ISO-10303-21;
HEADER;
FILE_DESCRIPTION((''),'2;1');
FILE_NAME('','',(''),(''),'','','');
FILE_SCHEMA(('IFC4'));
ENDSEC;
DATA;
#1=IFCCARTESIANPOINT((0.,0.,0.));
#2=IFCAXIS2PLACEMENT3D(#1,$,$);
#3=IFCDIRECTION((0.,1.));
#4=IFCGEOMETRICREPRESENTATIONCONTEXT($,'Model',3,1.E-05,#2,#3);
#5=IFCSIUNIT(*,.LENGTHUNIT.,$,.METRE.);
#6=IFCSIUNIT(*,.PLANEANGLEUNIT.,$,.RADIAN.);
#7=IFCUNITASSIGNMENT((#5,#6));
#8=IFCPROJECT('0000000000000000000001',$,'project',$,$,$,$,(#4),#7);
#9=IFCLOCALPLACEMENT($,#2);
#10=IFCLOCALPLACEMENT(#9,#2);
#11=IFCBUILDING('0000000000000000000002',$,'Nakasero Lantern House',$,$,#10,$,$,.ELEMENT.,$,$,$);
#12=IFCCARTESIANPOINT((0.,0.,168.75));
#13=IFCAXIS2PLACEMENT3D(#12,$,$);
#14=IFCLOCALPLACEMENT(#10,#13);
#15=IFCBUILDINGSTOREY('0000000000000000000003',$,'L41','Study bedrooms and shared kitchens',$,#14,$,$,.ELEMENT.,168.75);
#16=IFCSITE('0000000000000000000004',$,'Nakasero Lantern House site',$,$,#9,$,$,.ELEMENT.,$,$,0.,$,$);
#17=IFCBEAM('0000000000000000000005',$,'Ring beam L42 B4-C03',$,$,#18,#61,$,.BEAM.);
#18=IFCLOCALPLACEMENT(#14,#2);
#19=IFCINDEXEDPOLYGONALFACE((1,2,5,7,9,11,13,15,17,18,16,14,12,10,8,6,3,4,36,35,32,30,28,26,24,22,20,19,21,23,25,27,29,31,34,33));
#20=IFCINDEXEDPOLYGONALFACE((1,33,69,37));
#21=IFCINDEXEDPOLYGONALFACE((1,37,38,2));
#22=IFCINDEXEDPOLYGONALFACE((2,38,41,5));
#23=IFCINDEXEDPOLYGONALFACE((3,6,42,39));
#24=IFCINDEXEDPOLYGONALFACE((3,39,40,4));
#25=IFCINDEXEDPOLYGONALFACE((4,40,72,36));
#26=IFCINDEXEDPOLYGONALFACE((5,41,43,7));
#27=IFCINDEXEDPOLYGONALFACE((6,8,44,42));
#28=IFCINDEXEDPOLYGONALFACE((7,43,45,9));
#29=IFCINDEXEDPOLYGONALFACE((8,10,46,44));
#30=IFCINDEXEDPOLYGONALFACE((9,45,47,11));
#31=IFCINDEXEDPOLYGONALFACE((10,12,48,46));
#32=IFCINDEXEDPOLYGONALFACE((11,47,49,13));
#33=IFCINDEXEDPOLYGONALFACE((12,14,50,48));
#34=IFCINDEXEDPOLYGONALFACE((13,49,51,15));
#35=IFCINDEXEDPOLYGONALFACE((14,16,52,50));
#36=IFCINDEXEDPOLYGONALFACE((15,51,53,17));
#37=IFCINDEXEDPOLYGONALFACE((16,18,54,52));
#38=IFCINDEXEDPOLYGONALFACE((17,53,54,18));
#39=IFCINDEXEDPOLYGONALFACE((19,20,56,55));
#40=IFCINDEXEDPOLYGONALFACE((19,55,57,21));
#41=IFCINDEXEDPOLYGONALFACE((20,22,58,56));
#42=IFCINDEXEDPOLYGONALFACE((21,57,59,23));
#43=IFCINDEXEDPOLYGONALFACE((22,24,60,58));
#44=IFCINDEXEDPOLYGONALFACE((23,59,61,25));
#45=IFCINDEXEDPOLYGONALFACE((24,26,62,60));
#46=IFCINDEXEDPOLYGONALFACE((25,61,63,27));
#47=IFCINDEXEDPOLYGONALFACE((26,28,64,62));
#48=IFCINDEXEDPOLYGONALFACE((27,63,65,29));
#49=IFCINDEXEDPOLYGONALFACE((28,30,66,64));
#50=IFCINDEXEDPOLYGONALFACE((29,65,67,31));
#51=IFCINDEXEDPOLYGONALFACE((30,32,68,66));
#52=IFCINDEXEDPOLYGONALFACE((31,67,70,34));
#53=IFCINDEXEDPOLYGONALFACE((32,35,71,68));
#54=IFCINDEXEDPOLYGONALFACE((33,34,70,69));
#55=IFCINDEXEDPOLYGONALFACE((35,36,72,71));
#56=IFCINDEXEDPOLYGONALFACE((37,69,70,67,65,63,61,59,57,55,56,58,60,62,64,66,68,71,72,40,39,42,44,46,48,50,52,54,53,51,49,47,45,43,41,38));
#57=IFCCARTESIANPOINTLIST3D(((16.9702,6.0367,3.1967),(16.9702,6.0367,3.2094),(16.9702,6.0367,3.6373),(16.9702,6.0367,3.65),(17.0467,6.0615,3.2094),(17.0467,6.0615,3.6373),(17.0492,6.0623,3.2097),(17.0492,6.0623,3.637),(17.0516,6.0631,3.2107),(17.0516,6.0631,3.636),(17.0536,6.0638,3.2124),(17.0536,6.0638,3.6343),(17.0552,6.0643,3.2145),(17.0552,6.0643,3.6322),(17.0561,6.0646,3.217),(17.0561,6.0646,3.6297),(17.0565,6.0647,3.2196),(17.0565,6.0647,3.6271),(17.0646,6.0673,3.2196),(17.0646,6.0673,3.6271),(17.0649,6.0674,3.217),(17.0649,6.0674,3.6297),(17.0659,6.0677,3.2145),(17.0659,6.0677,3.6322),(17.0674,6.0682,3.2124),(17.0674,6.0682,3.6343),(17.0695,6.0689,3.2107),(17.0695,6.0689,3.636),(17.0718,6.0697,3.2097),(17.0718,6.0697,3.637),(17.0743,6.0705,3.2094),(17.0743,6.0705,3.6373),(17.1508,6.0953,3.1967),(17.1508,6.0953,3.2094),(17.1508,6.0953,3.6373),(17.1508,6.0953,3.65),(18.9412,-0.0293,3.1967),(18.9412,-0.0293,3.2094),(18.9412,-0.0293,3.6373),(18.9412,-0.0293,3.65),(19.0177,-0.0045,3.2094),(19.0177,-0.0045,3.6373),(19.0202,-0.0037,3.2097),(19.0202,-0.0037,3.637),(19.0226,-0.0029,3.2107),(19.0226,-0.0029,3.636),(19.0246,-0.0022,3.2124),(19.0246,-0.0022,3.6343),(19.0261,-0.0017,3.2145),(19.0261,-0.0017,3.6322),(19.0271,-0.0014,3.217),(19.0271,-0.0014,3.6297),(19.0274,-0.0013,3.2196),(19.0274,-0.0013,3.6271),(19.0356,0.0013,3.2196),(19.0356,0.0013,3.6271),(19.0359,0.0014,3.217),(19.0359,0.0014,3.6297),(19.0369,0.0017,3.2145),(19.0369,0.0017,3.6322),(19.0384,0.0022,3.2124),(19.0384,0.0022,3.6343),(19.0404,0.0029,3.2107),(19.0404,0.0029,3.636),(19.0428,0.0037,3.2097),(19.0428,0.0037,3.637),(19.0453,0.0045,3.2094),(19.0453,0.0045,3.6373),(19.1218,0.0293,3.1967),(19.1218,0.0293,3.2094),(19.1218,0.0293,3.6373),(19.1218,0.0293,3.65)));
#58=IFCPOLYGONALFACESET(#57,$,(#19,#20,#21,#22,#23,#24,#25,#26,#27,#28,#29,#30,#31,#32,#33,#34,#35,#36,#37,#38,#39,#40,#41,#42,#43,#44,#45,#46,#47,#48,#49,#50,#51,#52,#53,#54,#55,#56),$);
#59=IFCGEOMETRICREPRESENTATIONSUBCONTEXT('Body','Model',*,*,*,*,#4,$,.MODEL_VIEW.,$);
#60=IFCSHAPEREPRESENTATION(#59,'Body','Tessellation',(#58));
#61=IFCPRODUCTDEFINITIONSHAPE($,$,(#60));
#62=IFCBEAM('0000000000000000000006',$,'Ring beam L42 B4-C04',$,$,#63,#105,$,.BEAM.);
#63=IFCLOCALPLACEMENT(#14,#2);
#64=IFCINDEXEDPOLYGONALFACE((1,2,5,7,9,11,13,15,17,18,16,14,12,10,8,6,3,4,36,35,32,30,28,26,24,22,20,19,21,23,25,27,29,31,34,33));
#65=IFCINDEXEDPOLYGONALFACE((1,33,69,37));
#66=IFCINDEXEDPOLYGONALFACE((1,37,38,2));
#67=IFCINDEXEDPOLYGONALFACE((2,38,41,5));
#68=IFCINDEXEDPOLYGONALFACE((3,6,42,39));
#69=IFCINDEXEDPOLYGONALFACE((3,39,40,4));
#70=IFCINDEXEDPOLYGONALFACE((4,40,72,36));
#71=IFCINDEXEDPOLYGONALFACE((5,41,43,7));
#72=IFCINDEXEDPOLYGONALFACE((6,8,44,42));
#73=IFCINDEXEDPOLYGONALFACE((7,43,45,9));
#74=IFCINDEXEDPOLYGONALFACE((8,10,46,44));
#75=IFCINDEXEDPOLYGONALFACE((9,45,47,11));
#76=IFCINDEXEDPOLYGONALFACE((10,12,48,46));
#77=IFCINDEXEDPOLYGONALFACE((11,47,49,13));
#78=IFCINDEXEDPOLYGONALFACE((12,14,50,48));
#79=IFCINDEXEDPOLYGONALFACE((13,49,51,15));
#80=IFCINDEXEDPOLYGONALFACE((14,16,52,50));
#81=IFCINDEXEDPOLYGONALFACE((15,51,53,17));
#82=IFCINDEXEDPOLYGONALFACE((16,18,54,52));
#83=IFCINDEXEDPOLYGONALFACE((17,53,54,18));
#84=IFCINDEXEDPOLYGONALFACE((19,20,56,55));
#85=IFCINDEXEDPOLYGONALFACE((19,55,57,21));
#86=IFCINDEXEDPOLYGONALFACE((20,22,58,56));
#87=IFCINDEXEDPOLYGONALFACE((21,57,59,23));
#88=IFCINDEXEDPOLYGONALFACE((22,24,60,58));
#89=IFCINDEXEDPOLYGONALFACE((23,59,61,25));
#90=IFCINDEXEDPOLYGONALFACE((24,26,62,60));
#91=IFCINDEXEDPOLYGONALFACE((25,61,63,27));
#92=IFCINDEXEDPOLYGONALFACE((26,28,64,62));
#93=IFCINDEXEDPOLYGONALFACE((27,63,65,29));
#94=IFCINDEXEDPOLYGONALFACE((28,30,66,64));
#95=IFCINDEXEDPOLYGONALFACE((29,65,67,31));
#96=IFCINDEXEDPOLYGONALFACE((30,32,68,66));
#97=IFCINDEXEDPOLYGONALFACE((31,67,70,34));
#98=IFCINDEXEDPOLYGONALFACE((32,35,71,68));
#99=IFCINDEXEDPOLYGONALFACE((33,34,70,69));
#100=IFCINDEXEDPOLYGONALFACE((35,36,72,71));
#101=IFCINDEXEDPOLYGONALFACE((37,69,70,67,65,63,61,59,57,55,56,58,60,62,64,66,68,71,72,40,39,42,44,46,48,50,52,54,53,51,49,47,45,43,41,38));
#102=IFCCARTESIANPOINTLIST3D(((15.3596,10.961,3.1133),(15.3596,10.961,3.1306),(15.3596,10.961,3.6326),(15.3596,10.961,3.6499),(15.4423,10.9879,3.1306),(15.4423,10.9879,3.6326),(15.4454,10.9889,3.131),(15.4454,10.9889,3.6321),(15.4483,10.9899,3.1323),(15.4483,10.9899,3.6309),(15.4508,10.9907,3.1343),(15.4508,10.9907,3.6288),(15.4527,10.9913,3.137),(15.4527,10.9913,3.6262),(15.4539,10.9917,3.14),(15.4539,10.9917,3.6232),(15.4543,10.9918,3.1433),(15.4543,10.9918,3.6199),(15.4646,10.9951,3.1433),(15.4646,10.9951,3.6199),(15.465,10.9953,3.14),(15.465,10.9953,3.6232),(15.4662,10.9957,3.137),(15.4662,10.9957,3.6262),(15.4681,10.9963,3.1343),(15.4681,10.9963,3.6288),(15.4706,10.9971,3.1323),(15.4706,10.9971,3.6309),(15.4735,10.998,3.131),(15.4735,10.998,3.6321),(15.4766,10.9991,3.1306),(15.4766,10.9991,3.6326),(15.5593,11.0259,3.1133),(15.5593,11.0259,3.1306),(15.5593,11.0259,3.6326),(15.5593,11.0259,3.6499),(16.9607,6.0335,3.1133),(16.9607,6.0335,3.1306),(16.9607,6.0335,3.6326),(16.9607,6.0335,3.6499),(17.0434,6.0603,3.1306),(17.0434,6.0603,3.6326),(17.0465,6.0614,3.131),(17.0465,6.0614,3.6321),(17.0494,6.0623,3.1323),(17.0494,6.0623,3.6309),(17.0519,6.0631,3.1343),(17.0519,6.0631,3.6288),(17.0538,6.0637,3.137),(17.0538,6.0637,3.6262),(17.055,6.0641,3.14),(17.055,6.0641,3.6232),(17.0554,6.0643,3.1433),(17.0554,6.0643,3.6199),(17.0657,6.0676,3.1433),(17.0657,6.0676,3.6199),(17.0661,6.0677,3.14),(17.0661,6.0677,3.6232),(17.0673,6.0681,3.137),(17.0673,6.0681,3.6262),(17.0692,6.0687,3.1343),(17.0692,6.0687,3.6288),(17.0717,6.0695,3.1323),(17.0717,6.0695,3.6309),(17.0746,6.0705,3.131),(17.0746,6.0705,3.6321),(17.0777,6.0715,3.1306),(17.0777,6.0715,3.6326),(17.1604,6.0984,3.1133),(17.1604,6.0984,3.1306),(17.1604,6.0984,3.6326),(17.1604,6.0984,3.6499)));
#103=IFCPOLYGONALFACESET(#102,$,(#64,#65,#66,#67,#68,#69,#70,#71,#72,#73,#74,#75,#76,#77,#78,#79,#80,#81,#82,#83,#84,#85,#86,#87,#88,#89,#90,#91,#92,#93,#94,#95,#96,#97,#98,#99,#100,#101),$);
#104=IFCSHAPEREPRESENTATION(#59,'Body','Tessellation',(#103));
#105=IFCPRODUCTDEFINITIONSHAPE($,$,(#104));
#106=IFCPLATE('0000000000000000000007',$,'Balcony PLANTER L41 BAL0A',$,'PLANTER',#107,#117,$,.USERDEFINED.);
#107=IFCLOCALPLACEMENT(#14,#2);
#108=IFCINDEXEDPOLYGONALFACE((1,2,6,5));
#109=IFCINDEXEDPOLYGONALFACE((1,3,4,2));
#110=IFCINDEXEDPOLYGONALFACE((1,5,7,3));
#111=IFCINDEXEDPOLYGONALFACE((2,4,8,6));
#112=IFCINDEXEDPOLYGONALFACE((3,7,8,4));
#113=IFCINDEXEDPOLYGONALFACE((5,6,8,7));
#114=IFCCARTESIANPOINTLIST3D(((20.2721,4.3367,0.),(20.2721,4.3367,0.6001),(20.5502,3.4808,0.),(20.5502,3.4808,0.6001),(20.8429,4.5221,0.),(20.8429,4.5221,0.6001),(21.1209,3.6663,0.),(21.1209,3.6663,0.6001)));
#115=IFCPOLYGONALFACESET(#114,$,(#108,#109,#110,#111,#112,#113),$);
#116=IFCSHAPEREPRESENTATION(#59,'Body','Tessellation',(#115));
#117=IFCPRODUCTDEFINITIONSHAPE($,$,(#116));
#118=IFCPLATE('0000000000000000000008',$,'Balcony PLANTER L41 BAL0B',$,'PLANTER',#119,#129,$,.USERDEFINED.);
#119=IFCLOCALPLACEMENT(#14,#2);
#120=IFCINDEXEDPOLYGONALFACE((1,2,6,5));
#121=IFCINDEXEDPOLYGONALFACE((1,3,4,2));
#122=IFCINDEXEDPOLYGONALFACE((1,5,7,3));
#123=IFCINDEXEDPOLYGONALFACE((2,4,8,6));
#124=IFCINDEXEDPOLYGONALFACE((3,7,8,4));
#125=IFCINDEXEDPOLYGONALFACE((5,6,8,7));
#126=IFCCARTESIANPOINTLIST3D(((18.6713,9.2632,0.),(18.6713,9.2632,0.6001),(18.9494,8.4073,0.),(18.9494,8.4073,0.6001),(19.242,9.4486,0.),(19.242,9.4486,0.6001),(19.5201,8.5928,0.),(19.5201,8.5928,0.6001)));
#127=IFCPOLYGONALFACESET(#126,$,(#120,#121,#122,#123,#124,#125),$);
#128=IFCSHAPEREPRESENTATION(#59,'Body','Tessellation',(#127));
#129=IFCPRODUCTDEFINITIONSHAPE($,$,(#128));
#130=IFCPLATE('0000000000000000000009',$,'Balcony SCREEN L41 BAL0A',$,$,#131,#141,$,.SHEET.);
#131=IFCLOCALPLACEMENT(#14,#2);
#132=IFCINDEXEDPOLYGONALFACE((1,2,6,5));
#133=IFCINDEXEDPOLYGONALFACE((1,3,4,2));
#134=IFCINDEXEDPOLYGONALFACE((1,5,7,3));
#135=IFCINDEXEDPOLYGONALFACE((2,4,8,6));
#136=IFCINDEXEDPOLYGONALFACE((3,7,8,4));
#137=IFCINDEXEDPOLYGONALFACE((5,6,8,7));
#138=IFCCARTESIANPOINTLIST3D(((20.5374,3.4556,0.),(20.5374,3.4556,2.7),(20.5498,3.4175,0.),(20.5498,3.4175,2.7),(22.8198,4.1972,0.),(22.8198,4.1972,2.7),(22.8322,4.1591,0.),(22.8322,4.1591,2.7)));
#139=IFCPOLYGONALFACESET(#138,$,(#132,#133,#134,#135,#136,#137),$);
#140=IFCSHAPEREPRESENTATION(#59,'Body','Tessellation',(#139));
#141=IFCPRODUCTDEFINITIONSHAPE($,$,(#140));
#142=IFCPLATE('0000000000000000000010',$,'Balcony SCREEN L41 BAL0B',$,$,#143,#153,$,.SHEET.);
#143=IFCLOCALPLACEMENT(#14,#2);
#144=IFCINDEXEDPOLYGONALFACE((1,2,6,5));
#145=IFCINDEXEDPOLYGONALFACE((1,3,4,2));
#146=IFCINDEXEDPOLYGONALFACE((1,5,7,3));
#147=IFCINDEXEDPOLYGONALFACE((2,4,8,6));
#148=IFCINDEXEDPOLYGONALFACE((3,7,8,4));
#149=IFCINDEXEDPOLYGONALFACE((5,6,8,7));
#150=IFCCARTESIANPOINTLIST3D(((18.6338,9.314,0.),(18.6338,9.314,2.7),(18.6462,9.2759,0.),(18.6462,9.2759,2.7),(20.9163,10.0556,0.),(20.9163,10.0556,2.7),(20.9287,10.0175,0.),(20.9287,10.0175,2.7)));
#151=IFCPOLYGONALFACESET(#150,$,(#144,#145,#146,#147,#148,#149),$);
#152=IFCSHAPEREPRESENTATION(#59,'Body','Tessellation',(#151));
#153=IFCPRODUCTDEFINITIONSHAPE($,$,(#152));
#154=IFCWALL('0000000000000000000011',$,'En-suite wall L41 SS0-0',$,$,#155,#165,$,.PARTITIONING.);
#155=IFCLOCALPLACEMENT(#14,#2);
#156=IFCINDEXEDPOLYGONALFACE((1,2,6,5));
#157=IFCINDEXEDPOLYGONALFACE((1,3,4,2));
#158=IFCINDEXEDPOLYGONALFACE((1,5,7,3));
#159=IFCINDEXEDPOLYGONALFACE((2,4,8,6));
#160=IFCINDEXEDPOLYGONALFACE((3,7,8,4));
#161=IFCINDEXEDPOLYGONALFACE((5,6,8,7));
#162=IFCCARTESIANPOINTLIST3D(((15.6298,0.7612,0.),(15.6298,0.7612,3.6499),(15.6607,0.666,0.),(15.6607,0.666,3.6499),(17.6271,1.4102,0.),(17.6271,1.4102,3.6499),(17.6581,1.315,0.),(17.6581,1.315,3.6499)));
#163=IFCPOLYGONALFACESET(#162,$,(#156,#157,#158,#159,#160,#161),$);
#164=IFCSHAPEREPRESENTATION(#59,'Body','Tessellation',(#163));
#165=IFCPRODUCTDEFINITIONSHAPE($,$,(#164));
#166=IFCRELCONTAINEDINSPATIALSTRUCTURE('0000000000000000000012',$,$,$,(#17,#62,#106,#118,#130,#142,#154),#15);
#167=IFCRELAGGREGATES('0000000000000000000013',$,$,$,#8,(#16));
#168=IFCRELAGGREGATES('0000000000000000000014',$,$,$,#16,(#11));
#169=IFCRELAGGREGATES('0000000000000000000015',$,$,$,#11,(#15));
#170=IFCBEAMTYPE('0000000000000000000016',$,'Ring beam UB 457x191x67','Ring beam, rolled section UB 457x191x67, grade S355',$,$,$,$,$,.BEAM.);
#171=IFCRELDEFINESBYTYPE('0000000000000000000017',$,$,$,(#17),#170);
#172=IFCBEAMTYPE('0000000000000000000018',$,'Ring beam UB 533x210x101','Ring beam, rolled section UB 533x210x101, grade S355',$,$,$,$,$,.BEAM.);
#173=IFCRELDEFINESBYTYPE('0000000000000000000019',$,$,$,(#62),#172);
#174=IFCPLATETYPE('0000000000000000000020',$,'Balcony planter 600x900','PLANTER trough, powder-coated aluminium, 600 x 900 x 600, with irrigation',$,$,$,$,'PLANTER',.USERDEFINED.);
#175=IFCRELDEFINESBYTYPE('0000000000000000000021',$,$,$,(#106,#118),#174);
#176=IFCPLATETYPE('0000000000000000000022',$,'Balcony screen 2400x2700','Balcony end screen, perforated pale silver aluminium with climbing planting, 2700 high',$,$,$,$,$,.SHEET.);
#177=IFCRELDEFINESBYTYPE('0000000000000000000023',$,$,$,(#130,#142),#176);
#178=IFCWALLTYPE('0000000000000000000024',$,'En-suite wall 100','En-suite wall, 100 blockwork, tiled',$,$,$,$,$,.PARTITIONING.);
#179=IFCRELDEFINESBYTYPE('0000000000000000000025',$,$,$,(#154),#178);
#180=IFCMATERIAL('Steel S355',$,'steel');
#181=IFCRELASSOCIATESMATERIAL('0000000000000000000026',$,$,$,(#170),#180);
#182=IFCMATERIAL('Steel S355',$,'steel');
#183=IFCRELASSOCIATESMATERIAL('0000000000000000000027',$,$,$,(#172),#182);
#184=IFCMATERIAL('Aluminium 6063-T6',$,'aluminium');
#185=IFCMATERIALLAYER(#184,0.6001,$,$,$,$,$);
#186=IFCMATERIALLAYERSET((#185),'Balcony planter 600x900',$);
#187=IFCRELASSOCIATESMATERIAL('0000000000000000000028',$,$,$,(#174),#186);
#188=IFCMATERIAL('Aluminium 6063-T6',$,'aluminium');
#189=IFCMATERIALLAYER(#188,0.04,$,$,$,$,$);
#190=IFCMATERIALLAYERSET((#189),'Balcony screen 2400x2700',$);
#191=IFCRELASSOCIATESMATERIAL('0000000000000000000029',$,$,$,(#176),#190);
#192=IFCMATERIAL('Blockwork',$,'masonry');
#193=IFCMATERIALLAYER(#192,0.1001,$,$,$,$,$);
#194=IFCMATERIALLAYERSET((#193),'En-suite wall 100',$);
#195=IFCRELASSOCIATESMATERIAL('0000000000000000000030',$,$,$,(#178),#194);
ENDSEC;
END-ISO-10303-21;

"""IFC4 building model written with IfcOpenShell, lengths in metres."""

from ifc_helpers import new_model, si_unit, direction, frame, frame_2d, origin, origin_2d, place, context, subcontext, project, spatial, rectangle, i_section, extrude, material, layer, layer_set, material_profile, profile_set, type_object, element, save


model = new_model("IFC4")

# Units and contexts
model_context = context("Model", 3, precision=1e-05, world=origin(), true_north=direction((0.0, 1.0)))
body_context = subcontext(model_context, "Body", "Model", "MODEL_VIEW")
ifc_project = project(units=[si_unit("LENGTHUNIT", "METRE"), si_unit("PLANEANGLEUNIT", "RADIAN")], contexts=[model_context])

# Site, building, storey
site_placement = place(None, origin())
site = spatial("IfcSite", under=ifc_project, at=site_placement, Name="Nakasero Lantern House site", CompositionType="ELEMENT", RefElevation=0.0)
building_placement = place(site_placement, origin())
building = spatial("IfcBuilding", under=site, at=building_placement, Name="Nakasero Lantern House", CompositionType="ELEMENT")
storey_placement = place(building_placement, frame((0.0, 0.0, 168.75)))
storey = spatial("IfcBuildingStorey", under=building, at=storey_placement, Name="L41", Description="Study bedrooms and shared kitchens", CompositionType="ELEMENT", Elevation=168.75)

# Beams
ifc_material_1 = material(Name="Steel S355", Category="steel")
ifc_material_profile_1 = material_profile(ifc_material_1, i_section(OverallWidth=0.1899, OverallDepth=0.4534, WebThickness=0.0085, FlangeThickness=0.0127, FilletRadius=0.0103, at=origin_2d()), Name="UB 457x191x67")
ifc_profile_set_1 = profile_set([ifc_material_profile_1], Name="Steel S355")
beam_type_1 = type_object("IfcBeamType", Name="Ring beam UB 457x191x67", Description="Ring beam, rolled section UB 457x191x67, grade S355", PredefinedType="BEAM", material=ifc_profile_set_1)
beam_1_placement = place(storey_placement, frame((19.0315, 0.0, 3.4233), z_axis=(-0.309019, 0.951056, 0.0), x_axis=(-0.951056, -0.309019, 0.0)))
element("IfcBeam", 1, at=beam_1_placement, inside=storey, type_object=beam_type_1, Name="Ring beam L42 B4-C03", PredefinedType="BEAM", context=body_context, shape_type="SweptSolid", body=[
    extrude(i_section(OverallWidth=0.1899, OverallDepth=0.4534, WebThickness=0.0085, FlangeThickness=0.0127, FilletRadius=0.0103, at=origin_2d()), origin(), (0.0, 0.0, 1.0), 6.3782),
])
ifc_material_2 = material(Name="Steel S355", Category="steel")
ifc_material_profile_2 = material_profile(ifc_material_2, i_section(OverallWidth=0.21, OverallDepth=0.5366, WebThickness=0.0107, FlangeThickness=0.0173, FilletRadius=0.0127, at=origin_2d()), Name="UB 533x210x101")
ifc_profile_set_2 = profile_set([ifc_material_profile_2], Name="Steel S355")
beam_type_2 = type_object("IfcBeamType", Name="Ring beam UB 533x210x101", Description="Ring beam, rolled section UB 533x210x101, grade S355", PredefinedType="BEAM", material=ifc_profile_set_2)
beam_2_placement = place(storey_placement, frame((17.0605, 6.0659, 3.3816), z_axis=(-0.309023, 0.951054, 0.0), x_axis=(-0.951054, -0.309023, 0.0)))
element("IfcBeam", 2, at=beam_2_placement, inside=storey, type_object=beam_type_2, Name="Ring beam L42 B4-C04", PredefinedType="BEAM", context=body_context, shape_type="SweptSolid", body=[
    extrude(i_section(OverallWidth=0.21, OverallDepth=0.5366, WebThickness=0.0107, FlangeThickness=0.0173, FilletRadius=0.0127, at=origin_2d()), origin(), (0.0, 0.0, 1.0), 5.1812),
])

# Plates
ifc_material_3 = material(Name="Aluminium 6063-T6", Category="aluminium")
ifc_layer_1 = layer(ifc_material_3, 0.6001)
ifc_layer_set_1 = layer_set([ifc_layer_1], Name="Balcony planter 600x900")
plate_type_1 = type_object("IfcPlateType", Name="Balcony planter 600x900", Description="PLANTER trough, powder-coated aluminium, 600 x 900 x 600, with irrigation", ElementType="PLANTER", PredefinedType="USERDEFINED", material=ifc_layer_set_1)
for number, where, z_axis, x_axis, name in (
    (3, (20.6965, 4.0015, 0.0), (0.0, 0.0, 1.0), (0.951057, 0.309017, 0.0), "Balcony PLANTER L41 BAL0A"),
    (4, (19.0957, 8.928, 0.0), (0.0, 0.0, 1.0), (0.951057, 0.309017, 0.0), "Balcony PLANTER L41 BAL0B"),
):
    element("IfcPlate", number, at=place(storey_placement, frame(where, z_axis=z_axis, x_axis=x_axis)), inside=storey, type_object=plate_type_1, Name=name, ObjectType="PLANTER", PredefinedType="USERDEFINED", context=body_context, shape_type="SweptSolid", body=[
        extrude(rectangle(XDim=0.6001, YDim=0.8999, at=origin_2d()), origin(), (0.0, 0.0, 1.0), 0.6001),
    ])
ifc_material_4 = material(Name="Aluminium 6063-T6", Category="aluminium")
ifc_layer_2 = layer(ifc_material_4, 0.04)
ifc_layer_set_2 = layer_set([ifc_layer_2], Name="Balcony screen 2400x2700")
plate_type_2 = type_object("IfcPlateType", Name="Balcony screen 2400x2700", Description="Balcony end screen, perforated pale silver aluminium with climbing planting, 2700 high", PredefinedType="SHEET", material=ifc_layer_set_2)
for number, where, z_axis, x_axis, name in (
    (5, (21.6848, 3.8074, 0.0), (0.0, 0.0, 1.0), (0.951057, 0.309017, 0.0), "Balcony SCREEN L41 BAL0A"),
    (6, (19.7812, 9.6658, 0.0), (0.0, 0.0, 1.0), (0.951057, 0.309017, 0.0), "Balcony SCREEN L41 BAL0B"),
):
    element("IfcPlate", number, at=place(storey_placement, frame(where, z_axis=z_axis, x_axis=x_axis)), inside=storey, type_object=plate_type_2, Name=name, PredefinedType="SHEET", context=body_context, shape_type="SweptSolid", body=[
        extrude(rectangle(XDim=2.3999, YDim=0.04, at=origin_2d()), origin(), (0.0, 0.0, 1.0), 2.7),
    ])

# Wall
ifc_material_5 = material(Name="Blockwork", Category="masonry")
ifc_layer_3 = layer(ifc_material_5, 0.1001)
ifc_layer_set_3 = layer_set([ifc_layer_3], Name="En-suite wall 100")
wall_type_1 = type_object("IfcWallType", Name="En-suite wall 100", Description="En-suite wall, 100 blockwork, tiled", PredefinedType="PARTITIONING", material=ifc_layer_set_3)
wall_1_placement = place(storey_placement, frame((15.6453, 0.7136, 0.0), z_axis=(0.0, 0.0, 1.0), x_axis=(0.951062, 0.308999, 0.0)))
element("IfcWall", 7, at=wall_1_placement, inside=storey, type_object=wall_type_1, Name="En-suite wall L41 SS0-0", PredefinedType="PARTITIONING", context=body_context, shape_type="SweptSolid", body=[
    extrude(rectangle(XDim=2.1001, YDim=0.1001, at=frame_2d((1.05, 0.0))), origin(), (0.0, 0.0, 1.0), 3.6499),
])

save(model, "model.ifc")
